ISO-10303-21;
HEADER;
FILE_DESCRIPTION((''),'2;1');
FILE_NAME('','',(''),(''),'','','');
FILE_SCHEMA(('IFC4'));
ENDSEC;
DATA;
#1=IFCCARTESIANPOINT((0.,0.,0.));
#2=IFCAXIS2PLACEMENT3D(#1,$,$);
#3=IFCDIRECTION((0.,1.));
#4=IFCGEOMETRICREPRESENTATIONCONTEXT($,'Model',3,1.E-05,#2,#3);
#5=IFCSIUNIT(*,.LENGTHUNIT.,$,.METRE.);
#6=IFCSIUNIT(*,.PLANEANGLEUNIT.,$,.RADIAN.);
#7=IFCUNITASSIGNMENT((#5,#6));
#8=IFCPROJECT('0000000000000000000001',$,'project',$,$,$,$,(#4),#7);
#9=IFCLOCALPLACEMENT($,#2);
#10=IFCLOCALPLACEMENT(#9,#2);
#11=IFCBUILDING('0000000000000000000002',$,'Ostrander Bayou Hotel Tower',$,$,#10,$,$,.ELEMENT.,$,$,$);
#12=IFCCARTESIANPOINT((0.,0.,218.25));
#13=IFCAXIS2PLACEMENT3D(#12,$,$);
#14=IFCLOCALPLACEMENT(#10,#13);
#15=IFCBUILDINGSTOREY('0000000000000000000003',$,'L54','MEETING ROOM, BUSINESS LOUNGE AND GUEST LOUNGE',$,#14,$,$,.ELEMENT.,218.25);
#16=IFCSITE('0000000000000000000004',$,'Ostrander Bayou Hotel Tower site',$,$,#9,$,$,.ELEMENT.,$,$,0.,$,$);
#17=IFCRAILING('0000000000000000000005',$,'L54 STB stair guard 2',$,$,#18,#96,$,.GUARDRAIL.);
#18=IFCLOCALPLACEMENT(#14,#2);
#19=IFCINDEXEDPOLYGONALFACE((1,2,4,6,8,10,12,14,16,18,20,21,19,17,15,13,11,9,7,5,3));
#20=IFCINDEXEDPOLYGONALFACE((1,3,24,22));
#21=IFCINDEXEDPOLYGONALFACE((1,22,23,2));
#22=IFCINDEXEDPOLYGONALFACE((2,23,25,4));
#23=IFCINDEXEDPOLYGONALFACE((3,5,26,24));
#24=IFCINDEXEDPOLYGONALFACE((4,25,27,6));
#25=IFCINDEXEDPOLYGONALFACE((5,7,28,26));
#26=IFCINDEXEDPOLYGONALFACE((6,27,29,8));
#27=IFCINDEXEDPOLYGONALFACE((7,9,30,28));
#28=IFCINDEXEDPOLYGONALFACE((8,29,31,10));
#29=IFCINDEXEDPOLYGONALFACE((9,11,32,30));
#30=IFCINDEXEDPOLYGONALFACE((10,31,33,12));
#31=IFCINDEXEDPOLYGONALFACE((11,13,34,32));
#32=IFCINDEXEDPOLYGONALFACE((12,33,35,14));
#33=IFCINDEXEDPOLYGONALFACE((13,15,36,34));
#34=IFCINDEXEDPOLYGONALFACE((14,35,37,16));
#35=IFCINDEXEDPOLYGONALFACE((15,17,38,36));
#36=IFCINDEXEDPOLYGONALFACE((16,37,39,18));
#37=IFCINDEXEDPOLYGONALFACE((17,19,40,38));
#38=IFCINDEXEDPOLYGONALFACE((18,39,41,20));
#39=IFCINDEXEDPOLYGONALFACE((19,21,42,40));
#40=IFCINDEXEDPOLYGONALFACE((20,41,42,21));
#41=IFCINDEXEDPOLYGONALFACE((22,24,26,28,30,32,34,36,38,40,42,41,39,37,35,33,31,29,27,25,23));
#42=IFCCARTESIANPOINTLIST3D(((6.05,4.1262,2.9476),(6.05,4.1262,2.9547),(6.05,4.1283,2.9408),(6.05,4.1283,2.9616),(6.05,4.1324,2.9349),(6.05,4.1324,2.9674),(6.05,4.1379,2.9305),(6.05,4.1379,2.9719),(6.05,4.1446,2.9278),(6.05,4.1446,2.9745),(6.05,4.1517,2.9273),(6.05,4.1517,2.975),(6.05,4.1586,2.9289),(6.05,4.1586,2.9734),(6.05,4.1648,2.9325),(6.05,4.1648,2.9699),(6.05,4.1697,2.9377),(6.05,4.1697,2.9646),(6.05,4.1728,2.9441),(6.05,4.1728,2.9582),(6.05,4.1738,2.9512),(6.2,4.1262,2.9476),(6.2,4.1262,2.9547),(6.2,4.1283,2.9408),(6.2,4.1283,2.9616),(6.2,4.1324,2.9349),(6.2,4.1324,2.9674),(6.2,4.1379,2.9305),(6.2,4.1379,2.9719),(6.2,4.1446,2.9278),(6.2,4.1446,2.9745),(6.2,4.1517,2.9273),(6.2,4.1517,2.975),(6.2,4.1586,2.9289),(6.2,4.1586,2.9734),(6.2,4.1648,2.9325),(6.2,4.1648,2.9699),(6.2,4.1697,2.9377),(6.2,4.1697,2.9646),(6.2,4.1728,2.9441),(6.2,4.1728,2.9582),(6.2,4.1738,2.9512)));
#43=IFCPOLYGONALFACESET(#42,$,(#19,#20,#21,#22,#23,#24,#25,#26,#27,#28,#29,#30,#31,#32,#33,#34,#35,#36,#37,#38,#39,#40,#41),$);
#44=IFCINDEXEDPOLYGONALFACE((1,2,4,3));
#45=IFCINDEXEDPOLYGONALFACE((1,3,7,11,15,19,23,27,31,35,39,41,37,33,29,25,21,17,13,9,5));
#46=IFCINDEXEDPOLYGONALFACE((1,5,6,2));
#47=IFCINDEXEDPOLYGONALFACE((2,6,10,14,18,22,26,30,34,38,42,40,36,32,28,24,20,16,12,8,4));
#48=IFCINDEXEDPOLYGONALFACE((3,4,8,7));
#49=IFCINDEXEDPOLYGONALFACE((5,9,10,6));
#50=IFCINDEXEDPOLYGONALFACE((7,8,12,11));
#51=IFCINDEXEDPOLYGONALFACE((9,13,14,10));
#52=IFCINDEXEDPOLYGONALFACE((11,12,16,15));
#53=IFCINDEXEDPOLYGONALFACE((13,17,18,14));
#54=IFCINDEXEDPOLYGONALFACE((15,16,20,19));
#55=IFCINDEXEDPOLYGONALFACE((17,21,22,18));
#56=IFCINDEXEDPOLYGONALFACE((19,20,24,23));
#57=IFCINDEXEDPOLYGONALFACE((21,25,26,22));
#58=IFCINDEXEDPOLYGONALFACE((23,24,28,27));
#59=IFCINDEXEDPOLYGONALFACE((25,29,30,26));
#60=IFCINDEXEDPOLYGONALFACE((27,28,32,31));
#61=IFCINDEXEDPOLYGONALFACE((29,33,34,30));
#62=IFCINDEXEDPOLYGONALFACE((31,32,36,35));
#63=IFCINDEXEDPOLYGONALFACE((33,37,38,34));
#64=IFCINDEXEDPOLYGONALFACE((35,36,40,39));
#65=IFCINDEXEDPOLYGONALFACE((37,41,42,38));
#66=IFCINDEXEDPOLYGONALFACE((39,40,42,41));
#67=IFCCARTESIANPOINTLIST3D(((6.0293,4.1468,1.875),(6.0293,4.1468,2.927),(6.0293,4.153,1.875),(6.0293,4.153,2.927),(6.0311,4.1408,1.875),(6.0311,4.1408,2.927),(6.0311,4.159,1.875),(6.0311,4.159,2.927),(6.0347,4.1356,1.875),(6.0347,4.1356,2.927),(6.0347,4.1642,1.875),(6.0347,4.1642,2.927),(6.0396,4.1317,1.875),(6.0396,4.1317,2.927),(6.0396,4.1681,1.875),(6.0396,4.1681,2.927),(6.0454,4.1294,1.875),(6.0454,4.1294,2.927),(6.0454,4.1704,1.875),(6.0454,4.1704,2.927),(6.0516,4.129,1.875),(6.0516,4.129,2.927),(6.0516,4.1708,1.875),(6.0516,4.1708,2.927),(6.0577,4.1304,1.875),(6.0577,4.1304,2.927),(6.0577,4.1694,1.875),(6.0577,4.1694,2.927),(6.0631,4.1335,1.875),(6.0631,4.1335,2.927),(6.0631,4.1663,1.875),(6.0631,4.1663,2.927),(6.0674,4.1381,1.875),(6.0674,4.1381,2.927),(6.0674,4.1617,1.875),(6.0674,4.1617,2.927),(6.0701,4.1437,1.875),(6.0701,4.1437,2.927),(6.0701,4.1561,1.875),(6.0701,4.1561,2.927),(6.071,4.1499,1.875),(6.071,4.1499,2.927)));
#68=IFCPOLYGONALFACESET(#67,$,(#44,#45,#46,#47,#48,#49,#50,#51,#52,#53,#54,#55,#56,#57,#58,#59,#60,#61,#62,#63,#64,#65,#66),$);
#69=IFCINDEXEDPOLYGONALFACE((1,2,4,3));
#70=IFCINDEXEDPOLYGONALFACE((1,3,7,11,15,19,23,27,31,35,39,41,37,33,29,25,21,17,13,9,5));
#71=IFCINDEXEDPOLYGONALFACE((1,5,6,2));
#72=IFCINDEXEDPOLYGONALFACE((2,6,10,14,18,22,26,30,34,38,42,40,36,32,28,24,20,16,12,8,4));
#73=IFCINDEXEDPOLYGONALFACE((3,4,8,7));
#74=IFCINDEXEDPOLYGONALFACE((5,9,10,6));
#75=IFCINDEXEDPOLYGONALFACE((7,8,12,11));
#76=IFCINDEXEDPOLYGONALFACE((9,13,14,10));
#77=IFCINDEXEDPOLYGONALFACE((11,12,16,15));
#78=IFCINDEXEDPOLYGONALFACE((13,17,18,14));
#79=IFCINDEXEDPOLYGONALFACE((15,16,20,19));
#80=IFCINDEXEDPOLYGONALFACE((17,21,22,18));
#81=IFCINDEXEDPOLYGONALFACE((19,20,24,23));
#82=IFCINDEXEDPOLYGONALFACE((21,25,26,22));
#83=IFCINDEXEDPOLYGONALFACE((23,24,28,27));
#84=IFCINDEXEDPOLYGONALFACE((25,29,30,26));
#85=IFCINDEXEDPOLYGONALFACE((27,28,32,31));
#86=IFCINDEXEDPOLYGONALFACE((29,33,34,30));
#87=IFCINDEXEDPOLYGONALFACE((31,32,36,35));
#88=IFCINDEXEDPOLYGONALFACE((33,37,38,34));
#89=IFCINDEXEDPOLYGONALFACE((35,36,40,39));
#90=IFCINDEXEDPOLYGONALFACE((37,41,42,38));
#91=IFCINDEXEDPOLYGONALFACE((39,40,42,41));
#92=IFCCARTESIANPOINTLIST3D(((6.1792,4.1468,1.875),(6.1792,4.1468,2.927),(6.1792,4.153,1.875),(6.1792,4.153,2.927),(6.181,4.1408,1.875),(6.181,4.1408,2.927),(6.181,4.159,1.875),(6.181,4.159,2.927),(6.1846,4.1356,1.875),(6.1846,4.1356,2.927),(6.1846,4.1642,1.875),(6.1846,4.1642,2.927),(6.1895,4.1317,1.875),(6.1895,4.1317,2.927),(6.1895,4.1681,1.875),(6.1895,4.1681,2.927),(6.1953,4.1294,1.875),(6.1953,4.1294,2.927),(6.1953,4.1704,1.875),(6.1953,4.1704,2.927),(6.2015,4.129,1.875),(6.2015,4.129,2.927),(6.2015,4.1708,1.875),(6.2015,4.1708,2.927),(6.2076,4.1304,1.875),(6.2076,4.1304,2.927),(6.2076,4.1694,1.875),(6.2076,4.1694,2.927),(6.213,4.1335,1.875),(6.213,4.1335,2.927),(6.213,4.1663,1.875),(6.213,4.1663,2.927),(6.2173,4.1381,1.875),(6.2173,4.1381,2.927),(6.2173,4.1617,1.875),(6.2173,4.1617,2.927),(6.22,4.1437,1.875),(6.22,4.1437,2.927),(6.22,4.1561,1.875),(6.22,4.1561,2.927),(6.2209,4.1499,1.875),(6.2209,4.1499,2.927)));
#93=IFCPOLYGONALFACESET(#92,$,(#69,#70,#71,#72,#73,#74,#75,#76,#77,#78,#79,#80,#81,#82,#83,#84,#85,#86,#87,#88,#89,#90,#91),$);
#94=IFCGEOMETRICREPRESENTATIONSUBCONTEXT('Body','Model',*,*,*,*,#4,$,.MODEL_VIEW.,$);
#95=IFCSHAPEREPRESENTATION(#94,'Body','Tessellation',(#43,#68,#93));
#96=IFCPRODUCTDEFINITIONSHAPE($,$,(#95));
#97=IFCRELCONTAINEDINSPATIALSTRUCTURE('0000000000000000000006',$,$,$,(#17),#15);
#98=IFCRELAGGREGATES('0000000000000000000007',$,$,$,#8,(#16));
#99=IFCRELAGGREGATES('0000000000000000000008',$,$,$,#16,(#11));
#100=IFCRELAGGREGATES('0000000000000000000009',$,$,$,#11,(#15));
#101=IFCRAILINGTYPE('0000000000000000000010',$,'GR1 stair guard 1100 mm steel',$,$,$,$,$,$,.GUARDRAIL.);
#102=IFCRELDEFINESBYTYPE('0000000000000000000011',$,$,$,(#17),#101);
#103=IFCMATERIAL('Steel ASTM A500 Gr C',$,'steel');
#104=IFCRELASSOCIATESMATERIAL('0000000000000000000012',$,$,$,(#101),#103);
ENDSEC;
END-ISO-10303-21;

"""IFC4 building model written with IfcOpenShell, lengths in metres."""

from ifc_helpers import new_model, si_unit, direction, frame, origin, origin_2d, place, context, subcontext, project, spatial, circle, extrude, material, type_object, element, save


model = new_model("IFC4")

# Units and contexts
model_context = context("Model", 3, precision=1e-05, world=origin(), true_north=direction((0.0, 1.0)))
body_context = subcontext(model_context, "Body", "Model", "MODEL_VIEW")
ifc_project = project(units=[si_unit("LENGTHUNIT", "METRE"), si_unit("PLANEANGLEUNIT", "RADIAN")], contexts=[model_context])

# Site, building, storey
site_placement = place(None, origin())
site = spatial("IfcSite", under=ifc_project, at=site_placement, Name="Ostrander Bayou Hotel Tower site", CompositionType="ELEMENT", RefElevation=0.0)
building_placement = place(site_placement, origin())
building = spatial("IfcBuilding", under=site, at=building_placement, Name="Ostrander Bayou Hotel Tower", CompositionType="ELEMENT")
storey_placement = place(building_placement, frame((0.0, 0.0, 218.25)))
storey = spatial("IfcBuildingStorey", under=building, at=storey_placement, Name="L54", Description="MEETING ROOM, BUSINESS LOUNGE AND GUEST LOUNGE", CompositionType="ELEMENT", Elevation=218.25)

# Railing
ifc_material_1 = material(Name="Steel ASTM A500 Gr C", Category="steel")
railing_type_1 = type_object("IfcRailingType", Name="GR1 stair guard 1100 mm steel", PredefinedType="GUARDRAIL", material=ifc_material_1)
railing_1_placement = place(storey_placement, frame((6.05, 4.1499, 1.875)))
element("IfcRailing", 1, at=railing_1_placement, inside=storey, type_object=railing_type_1, Name="L54 STB stair guard 2", PredefinedType="GUARDRAIL", context=body_context, shape_type="SweptSolid", body=[
    extrude(circle(Radius=0.0239, at=origin_2d()), frame((0.0, 0.0, 1.0762), z_axis=(1.0, 0.0, 0.0), x_axis=(0.0, 1.0, 0.0)), (0.0, 0.0, 1.0), 0.1499),
    extrude(circle(Radius=0.021, at=origin_2d()), origin(), (0.0, 0.0, 1.0), 1.052),
    extrude(circle(Radius=0.021, at=origin_2d()), frame((0.1499, 0.0, 0.0)), (0.0, 0.0, 1.0), 1.052),
])

save(model, "model.ifc")
